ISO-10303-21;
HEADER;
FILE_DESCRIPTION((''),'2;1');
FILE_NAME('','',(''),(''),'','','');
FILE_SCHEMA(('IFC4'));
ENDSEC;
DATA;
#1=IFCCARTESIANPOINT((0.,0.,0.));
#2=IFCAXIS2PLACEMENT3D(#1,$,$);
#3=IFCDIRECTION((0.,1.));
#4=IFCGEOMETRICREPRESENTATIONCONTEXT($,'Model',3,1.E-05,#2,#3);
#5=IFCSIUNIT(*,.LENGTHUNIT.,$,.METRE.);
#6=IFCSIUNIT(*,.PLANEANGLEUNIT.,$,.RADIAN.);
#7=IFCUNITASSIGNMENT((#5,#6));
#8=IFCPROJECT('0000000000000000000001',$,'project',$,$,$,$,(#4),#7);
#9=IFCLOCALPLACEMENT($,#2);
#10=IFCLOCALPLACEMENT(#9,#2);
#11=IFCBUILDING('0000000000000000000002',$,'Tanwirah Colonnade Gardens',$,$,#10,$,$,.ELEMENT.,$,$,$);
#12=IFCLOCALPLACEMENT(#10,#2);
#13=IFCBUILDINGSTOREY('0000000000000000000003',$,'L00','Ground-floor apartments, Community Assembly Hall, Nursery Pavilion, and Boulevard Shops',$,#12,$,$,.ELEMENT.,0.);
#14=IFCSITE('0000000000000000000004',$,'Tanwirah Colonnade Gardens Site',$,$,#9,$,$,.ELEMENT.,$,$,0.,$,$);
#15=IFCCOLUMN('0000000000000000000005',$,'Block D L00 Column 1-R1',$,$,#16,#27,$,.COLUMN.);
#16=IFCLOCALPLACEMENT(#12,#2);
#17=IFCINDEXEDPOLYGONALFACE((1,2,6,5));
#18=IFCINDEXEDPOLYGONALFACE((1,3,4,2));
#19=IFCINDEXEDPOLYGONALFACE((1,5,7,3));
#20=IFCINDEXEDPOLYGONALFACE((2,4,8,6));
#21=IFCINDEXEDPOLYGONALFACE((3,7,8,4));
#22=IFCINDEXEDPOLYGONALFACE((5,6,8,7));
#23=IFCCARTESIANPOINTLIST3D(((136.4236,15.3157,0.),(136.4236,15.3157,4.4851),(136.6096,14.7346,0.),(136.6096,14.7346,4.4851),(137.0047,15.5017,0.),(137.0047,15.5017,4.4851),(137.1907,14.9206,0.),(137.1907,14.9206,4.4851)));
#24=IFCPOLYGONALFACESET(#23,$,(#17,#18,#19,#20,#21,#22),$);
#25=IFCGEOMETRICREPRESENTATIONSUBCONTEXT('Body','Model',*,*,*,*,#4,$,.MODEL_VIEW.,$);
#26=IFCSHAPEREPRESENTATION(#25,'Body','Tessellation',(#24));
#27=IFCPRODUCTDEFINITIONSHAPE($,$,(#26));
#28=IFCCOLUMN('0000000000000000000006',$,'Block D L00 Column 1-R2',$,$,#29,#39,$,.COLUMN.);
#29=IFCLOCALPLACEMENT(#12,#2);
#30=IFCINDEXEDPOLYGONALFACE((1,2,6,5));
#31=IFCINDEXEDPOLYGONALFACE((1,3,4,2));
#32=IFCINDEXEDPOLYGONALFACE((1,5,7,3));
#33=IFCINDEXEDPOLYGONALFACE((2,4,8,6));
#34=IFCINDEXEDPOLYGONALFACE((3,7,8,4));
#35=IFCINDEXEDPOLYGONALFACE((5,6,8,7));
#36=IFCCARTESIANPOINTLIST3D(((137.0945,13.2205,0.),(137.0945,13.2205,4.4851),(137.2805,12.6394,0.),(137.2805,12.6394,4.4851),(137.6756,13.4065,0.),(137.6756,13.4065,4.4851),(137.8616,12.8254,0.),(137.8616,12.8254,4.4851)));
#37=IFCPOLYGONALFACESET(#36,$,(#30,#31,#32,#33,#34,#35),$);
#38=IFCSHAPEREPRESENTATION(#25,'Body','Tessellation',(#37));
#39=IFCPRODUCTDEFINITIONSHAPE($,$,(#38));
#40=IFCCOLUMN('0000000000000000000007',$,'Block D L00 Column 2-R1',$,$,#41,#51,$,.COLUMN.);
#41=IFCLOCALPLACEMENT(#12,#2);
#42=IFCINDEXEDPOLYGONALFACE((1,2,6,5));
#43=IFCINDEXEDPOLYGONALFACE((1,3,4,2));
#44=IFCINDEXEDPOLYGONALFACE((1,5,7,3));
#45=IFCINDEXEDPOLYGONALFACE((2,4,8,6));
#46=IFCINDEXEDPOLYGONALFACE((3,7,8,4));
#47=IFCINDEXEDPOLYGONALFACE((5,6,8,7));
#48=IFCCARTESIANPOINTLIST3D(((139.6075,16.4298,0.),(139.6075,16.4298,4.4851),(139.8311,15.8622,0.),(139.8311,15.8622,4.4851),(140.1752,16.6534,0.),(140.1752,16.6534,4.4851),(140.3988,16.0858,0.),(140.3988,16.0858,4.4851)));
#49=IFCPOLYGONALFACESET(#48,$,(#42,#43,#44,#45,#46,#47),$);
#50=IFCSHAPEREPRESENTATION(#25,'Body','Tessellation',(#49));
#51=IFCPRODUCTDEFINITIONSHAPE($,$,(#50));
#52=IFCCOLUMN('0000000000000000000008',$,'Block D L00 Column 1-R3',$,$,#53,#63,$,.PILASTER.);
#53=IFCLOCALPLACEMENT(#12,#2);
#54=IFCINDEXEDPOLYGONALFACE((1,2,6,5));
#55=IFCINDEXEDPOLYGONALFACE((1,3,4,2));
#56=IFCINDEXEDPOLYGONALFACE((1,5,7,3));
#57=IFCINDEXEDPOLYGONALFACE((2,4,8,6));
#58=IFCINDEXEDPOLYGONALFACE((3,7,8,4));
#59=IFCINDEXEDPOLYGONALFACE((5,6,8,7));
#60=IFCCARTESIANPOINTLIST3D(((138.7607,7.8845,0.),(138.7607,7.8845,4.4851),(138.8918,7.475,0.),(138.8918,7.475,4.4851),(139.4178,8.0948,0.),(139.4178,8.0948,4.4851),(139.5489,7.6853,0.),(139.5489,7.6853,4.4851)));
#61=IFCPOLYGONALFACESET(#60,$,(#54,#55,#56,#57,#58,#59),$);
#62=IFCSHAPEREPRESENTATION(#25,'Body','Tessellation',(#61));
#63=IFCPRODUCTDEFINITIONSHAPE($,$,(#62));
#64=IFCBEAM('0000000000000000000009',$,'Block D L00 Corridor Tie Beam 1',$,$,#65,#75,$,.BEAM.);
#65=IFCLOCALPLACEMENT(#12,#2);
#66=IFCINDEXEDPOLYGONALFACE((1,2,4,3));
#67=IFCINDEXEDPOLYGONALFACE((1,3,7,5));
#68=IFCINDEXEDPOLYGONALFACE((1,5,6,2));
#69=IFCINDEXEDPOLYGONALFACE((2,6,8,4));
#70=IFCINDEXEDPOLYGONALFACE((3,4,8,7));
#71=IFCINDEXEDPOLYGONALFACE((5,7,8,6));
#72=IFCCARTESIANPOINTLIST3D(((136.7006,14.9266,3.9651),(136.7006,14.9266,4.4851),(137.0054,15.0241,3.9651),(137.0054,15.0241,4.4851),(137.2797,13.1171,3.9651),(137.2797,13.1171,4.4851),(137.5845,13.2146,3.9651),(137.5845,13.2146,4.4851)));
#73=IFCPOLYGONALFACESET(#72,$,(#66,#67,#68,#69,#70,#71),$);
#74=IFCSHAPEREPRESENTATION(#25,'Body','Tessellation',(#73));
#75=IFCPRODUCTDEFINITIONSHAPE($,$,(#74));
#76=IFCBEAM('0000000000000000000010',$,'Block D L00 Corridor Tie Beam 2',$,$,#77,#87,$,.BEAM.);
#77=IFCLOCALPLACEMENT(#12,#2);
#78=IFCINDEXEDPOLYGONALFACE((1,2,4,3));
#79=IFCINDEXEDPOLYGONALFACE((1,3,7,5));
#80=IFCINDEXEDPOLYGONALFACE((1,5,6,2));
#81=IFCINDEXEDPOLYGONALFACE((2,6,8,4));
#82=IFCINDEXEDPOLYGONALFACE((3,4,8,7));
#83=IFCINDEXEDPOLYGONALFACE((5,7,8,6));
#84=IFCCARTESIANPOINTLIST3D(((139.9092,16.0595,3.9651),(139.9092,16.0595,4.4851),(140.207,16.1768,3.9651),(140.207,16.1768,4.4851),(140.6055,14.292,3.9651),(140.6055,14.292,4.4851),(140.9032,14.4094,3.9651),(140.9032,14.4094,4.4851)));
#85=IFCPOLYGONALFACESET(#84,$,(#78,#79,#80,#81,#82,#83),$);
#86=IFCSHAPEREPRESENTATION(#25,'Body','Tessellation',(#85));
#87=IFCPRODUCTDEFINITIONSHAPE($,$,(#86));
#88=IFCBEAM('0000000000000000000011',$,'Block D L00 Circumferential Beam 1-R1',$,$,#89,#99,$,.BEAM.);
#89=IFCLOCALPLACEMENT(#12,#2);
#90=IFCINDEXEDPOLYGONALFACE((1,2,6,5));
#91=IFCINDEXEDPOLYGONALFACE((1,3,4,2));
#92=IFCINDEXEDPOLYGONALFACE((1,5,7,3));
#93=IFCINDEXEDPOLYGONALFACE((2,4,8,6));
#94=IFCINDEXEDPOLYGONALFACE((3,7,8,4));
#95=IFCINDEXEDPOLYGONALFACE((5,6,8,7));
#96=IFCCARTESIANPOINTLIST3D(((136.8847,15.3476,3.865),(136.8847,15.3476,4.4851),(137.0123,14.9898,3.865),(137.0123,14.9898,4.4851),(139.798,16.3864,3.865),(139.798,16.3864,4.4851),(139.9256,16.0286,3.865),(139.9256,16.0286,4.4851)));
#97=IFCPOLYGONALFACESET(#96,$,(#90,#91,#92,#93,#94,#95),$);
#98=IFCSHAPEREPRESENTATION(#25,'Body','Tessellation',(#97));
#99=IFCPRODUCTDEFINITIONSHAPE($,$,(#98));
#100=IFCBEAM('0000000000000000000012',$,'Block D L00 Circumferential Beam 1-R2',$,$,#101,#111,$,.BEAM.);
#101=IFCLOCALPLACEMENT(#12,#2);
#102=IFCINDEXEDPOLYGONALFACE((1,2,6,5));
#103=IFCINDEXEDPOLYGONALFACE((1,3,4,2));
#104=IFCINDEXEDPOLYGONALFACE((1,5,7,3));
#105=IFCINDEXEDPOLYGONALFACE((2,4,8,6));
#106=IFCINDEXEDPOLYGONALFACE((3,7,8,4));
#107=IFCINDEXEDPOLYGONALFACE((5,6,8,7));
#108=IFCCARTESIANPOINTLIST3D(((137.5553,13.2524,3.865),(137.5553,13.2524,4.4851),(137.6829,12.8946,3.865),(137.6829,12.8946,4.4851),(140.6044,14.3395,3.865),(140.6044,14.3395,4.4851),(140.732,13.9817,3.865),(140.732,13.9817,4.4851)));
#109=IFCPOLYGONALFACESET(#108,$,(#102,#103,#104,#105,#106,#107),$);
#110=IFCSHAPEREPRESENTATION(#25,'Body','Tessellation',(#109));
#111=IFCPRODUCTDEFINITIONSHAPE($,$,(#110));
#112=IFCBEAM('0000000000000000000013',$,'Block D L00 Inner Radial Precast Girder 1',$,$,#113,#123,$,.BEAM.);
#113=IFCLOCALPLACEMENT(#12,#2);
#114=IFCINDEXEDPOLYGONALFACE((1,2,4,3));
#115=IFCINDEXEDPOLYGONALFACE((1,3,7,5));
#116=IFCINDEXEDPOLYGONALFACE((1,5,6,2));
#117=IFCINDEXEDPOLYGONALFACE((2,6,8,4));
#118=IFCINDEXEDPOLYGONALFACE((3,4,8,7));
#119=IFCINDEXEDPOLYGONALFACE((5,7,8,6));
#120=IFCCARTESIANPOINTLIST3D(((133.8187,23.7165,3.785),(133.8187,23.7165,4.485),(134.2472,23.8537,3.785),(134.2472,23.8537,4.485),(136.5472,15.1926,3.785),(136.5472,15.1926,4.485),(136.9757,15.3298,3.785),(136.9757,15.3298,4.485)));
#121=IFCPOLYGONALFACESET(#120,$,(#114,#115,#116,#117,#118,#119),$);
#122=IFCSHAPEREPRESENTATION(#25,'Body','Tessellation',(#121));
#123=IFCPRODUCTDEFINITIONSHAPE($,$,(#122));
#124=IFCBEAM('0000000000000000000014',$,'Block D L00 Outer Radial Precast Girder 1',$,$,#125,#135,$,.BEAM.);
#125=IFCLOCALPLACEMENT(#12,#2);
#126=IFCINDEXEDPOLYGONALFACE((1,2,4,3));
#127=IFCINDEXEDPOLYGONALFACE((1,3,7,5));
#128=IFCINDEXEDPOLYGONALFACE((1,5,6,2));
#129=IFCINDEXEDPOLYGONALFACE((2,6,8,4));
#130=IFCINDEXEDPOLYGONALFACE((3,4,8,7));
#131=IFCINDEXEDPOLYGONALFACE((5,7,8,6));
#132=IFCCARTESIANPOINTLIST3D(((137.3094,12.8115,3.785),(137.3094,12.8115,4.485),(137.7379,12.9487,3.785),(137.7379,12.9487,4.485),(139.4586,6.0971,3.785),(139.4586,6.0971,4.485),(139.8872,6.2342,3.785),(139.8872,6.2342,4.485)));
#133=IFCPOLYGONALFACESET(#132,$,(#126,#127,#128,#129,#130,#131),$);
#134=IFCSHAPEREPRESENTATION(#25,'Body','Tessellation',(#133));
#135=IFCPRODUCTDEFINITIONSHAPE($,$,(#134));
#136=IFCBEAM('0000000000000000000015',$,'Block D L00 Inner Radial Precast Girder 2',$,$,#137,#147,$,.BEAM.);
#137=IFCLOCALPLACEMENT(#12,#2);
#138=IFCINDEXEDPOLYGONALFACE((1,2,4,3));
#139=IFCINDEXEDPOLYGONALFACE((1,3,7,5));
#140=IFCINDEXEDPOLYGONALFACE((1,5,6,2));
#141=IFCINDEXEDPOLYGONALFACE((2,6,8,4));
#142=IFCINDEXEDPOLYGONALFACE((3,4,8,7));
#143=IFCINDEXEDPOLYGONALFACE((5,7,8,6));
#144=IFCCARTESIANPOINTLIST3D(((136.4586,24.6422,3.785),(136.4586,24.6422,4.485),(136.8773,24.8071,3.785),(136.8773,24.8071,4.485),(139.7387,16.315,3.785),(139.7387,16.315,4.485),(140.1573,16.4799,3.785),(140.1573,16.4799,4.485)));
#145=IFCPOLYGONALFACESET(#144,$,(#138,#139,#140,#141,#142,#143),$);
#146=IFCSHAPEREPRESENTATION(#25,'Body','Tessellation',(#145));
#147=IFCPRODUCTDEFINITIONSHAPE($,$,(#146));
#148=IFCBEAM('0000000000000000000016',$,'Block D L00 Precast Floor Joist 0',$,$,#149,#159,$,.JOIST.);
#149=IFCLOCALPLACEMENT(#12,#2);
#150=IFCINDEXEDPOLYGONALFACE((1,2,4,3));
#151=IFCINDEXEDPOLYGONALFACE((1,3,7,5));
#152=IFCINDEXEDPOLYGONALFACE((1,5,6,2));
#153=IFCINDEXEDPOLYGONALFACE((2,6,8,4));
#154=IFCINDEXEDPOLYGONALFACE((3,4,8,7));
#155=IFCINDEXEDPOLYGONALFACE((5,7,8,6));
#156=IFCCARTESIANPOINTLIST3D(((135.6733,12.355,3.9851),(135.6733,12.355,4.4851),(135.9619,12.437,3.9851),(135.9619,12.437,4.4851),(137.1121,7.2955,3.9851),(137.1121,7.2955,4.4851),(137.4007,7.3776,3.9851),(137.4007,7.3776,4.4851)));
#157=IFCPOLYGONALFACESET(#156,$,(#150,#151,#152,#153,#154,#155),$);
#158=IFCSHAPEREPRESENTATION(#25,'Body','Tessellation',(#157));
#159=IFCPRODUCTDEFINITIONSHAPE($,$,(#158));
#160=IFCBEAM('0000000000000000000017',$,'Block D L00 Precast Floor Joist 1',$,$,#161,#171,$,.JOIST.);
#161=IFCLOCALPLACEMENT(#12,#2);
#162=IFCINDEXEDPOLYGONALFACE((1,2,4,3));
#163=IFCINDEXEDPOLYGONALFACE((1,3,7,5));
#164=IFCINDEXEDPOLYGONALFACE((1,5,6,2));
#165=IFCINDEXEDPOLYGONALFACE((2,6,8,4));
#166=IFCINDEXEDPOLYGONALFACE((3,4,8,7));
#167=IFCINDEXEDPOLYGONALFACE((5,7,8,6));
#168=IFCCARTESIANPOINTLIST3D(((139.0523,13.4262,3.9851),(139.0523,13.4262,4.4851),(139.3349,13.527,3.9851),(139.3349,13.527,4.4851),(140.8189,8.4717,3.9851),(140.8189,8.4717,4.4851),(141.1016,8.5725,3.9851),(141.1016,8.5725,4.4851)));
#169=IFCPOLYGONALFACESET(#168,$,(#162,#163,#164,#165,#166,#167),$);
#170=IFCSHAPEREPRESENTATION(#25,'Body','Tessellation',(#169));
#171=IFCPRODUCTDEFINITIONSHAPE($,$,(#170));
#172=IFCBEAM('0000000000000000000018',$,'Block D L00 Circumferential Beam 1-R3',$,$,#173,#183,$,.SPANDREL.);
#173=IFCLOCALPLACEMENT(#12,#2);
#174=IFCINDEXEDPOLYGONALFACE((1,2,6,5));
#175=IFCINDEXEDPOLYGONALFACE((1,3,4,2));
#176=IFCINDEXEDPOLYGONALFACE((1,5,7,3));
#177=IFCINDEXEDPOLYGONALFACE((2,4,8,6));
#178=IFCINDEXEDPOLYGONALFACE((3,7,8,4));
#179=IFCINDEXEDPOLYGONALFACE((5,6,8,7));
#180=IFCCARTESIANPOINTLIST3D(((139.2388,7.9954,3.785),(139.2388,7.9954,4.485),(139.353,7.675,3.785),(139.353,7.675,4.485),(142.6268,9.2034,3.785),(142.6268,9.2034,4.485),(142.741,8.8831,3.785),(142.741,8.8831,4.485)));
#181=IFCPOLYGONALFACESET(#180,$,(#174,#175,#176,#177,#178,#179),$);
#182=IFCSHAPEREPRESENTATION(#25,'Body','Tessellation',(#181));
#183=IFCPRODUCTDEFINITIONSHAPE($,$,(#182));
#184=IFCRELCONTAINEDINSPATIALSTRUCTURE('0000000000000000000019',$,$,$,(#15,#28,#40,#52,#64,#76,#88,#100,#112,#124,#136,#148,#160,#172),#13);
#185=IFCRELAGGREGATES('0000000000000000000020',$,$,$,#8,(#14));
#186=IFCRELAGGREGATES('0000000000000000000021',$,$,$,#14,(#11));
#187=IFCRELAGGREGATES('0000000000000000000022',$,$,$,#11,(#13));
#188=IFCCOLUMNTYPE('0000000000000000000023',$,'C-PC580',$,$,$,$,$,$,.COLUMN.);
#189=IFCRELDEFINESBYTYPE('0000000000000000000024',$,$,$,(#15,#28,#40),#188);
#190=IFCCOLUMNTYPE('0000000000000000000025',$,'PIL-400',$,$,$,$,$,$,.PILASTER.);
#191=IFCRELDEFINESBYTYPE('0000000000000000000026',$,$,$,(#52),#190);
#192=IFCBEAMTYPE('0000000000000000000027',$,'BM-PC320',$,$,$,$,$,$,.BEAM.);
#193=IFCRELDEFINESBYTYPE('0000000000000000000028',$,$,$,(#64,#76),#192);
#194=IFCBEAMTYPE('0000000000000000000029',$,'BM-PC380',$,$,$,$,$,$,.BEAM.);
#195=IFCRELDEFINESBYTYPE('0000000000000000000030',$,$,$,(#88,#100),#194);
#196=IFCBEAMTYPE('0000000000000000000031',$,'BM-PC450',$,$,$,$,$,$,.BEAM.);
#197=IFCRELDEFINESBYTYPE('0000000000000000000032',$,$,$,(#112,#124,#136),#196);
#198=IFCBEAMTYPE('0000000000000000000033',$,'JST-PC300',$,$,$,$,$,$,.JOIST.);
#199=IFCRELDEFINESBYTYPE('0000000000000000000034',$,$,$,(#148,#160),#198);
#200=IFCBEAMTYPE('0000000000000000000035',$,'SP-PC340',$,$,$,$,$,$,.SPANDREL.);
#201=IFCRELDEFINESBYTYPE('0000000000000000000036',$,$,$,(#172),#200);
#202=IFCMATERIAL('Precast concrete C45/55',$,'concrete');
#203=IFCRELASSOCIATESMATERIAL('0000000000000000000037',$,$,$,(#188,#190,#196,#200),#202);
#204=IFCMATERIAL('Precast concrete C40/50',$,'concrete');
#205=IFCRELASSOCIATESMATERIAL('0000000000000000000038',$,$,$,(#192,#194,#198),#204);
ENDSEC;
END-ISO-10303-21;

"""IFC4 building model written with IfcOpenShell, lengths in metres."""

from ifc_helpers import new_model, si_unit, direction, frame, origin, origin_2d, place, context, subcontext, project, spatial, rectangle, extrude, material, material_profile, profile_set, type_object, element, save


model = new_model("IFC4")

# Units and contexts
model_context = context("Model", 3, precision=1e-05, world=origin(), true_north=direction((0.0, 1.0)))
body_context = subcontext(model_context, "Body", "Model", "MODEL_VIEW")
ifc_project = project(units=[si_unit("LENGTHUNIT", "METRE"), si_unit("PLANEANGLEUNIT", "RADIAN")], contexts=[model_context])

# Site, building, storey
site_placement = place(None, origin())
site = spatial("IfcSite", under=ifc_project, at=site_placement, Name="Tanwirah Colonnade Gardens Site", CompositionType="ELEMENT", RefElevation=0.0)
building_placement = place(site_placement, origin())
building = spatial("IfcBuilding", under=site, at=building_placement, Name="Tanwirah Colonnade Gardens", CompositionType="ELEMENT")
storey_placement = place(building_placement, origin())
storey = spatial("IfcBuildingStorey", under=building, at=storey_placement, Name="L00", Description="Ground-floor apartments, Community Assembly Hall, Nursery Pavilion, and Boulevard Shops", CompositionType="ELEMENT", Elevation=0.0)

# Columns
ifc_material_1 = material(Name="Precast concrete C45/55", Category="concrete")
ifc_material_profile_1 = material_profile(ifc_material_1, rectangle(XDim=0.6101, YDim=0.6101, at=origin_2d()), Name="PC-COL 610x610")
ifc_profile_set_1 = profile_set([ifc_material_profile_1], Name="Precast concrete C45/55")
column_type_1 = type_object("IfcColumnType", Name="C-PC580", PredefinedType="COLUMN", material=ifc_profile_set_1)
for number, where, z_axis, x_axis, name in (
    (1, (136.8071, 15.1182, 0.0), (0.0, 0.0, 1.0), (0.304864, -0.952396, 0.0), "Block D L00 Column 1-R1"),
    (2, (137.478, 13.0229, 0.0), (0.0, 0.0, 1.0), (0.304864, -0.952396, 0.0), "Block D L00 Column 1-R2"),
    (3, (140.0032, 16.2578, 0.0), (0.0, 0.0, 1.0), (0.366501, -0.930418, 0.0), "Block D L00 Column 2-R1"),
):
    element("IfcColumn", number, at=place(storey_placement, frame(where, z_axis=z_axis, x_axis=x_axis)), inside=storey, type_object=column_type_1, Name=name, PredefinedType="COLUMN", context=body_context, shape_type="SweptSolid", body=[
        extrude(rectangle(XDim=0.6101, YDim=0.6101, at=origin_2d()), origin(), (0.0, 0.0, 1.0), 4.4851),
    ])
ifc_material_profile_2 = material_profile(ifc_material_1, rectangle(XDim=0.4299, YDim=0.6899, at=origin_2d()), Name="PC-PIL 430x690")
ifc_profile_set_2 = profile_set([ifc_material_profile_2], Name="Precast concrete C45/55")
column_type_2 = type_object("IfcColumnType", Name="PIL-400", PredefinedType="PILASTER", material=ifc_profile_set_2)
column_placement = place(storey_placement, frame((139.1548, 7.7849, 0.0), z_axis=(0.0, 0.0, 1.0), x_axis=(0.304864, -0.952396, 0.0)))
element("IfcColumn", 4, at=column_placement, inside=storey, type_object=column_type_2, Name="Block D L00 Column 1-R3", PredefinedType="PILASTER", context=body_context, shape_type="SweptSolid", body=[
    extrude(rectangle(XDim=0.4299, YDim=0.6899, at=origin_2d()), origin(), (0.0, 0.0, 1.0), 4.4851),
])

# Beams
ifc_material_2 = material(Name="Precast concrete C40/50", Category="concrete")
ifc_material_profile_3 = material_profile(ifc_material_2, rectangle(XDim=0.3201, YDim=0.52, at=origin_2d()), Name="PC-BM 320x520")
ifc_profile_set_3 = profile_set([ifc_material_profile_3], Name="Precast concrete C40/50")
beam_type_1 = type_object("IfcBeamType", Name="BM-PC320", PredefinedType="BEAM", material=ifc_profile_set_3)
beam_1_placement = place(storey_placement, frame((136.853, 14.9753, 4.2251), z_axis=(0.304794, -0.952418, 0.0), x_axis=(0.952418, 0.304794, 0.0)))
element("IfcBeam", 5, at=beam_1_placement, inside=storey, type_object=beam_type_1, Name="Block D L00 Corridor Tie Beam 1", PredefinedType="BEAM", context=body_context, shape_type="SweptSolid", body=[
    extrude(rectangle(XDim=0.3201, YDim=0.52, at=origin_2d()), origin(), (0.0, 0.0, 1.0), 1.8999),
])
beam_2_placement = place(storey_placement, frame((140.0581, 16.1182, 4.2251), z_axis=(0.366511, -0.930414, 0.0), x_axis=(0.930414, 0.366511, 0.0)))
element("IfcBeam", 6, at=beam_2_placement, inside=storey, type_object=beam_type_1, Name="Block D L00 Corridor Tie Beam 2", PredefinedType="BEAM", context=body_context, shape_type="SweptSolid", body=[
    extrude(rectangle(XDim=0.3201, YDim=0.52, at=origin_2d()), origin(), (0.0, 0.0, 1.0), 1.8997),
])
ifc_material_profile_4 = material_profile(ifc_material_2, rectangle(XDim=0.3799, YDim=0.6201, at=origin_2d()), Name="PC-BM 380x620")
ifc_profile_set_4 = profile_set([ifc_material_profile_4], Name="Precast concrete C40/50")
beam_type_2 = type_object("IfcBeamType", Name="BM-PC380", PredefinedType="BEAM", material=ifc_profile_set_4)
beam_3_placement = place(storey_placement, frame((136.9485, 15.1687, 4.175), z_axis=(0.941911, 0.335861, 0.0), x_axis=(-0.335861, 0.941911, 0.0)))
element("IfcBeam", 7, at=beam_3_placement, inside=storey, type_object=beam_type_2, Name="Block D L00 Circumferential Beam 1-R1", PredefinedType="BEAM", context=body_context, shape_type="SweptSolid", body=[
    extrude(rectangle(XDim=0.3799, YDim=0.6201, at=origin_2d()), origin(), (0.0, 0.0, 1.0), 3.093),
])
beam_4_placement = place(storey_placement, frame((137.6191, 13.0735, 4.175), z_axis=(0.941918, 0.335844, 0.0), x_axis=(-0.335844, 0.941918, 0.0)))
element("IfcBeam", 8, at=beam_4_placement, inside=storey, type_object=beam_type_2, Name="Block D L00 Circumferential Beam 1-R2", PredefinedType="BEAM", context=body_context, shape_type="SweptSolid", body=[
    extrude(rectangle(XDim=0.3799, YDim=0.6201, at=origin_2d()), origin(), (0.0, 0.0, 1.0), 3.2371),
])
ifc_material_profile_5 = material_profile(ifc_material_1, rectangle(XDim=0.45, YDim=0.7, at=origin_2d()), Name="PC-BM 450x700")
ifc_profile_set_5 = profile_set([ifc_material_profile_5], Name="Precast concrete C45/55")
beam_type_3 = type_object("IfcBeamType", Name="BM-PC450", PredefinedType="BEAM", material=ifc_profile_set_5)
beam_5_placement = place(storey_placement, frame((136.7615, 15.2612, 4.135), z_axis=(-0.304863, 0.952396, 0.0), x_axis=(-0.952396, -0.304863, 0.0)))
element("IfcBeam", 9, at=beam_5_placement, inside=storey, type_object=beam_type_3, Name="Block D L00 Inner Radial Precast Girder 1", PredefinedType="BEAM", context=body_context, shape_type="SweptSolid", body=[
    extrude(rectangle(XDim=0.45, YDim=0.7, at=origin_2d()), origin(), (0.0, 0.0, 1.0), 8.95),
])
beam_6_placement = place(storey_placement, frame((137.5237, 12.8801, 4.135), z_axis=(0.30485, -0.9524, 0.0), x_axis=(0.9524, 0.30485, 0.0)))
element("IfcBeam", 10, at=beam_6_placement, inside=storey, type_object=beam_type_3, Name="Block D L00 Outer Radial Precast Girder 1", PredefinedType="BEAM", context=body_context, shape_type="SweptSolid", body=[
    extrude(rectangle(XDim=0.45, YDim=0.7, at=origin_2d()), origin(), (0.0, 0.0, 1.0), 7.05),
])
beam_7_placement = place(storey_placement, frame((139.948, 16.3975, 4.135), z_axis=(-0.366489, 0.930422, 0.0), x_axis=(-0.930422, -0.366489, 0.0)))
element("IfcBeam", 11, at=beam_7_placement, inside=storey, type_object=beam_type_3, Name="Block D L00 Inner Radial Precast Girder 2", PredefinedType="BEAM", context=body_context, shape_type="SweptSolid", body=[
    extrude(rectangle(XDim=0.45, YDim=0.7, at=origin_2d()), origin(), (0.0, 0.0, 1.0), 8.95),
])
ifc_material_profile_6 = material_profile(ifc_material_2, rectangle(XDim=0.3, YDim=0.5, at=origin_2d()), Name="PC-JST 300x500")
ifc_profile_set_6 = profile_set([ifc_material_profile_6], Name="Precast concrete C40/50")
beam_type_4 = type_object("IfcBeamType", Name="JST-PC300", PredefinedType="JOIST", material=ifc_profile_set_6)
for number, where, z_axis, x_axis, name in (
    (12, (135.8176, 12.396, 4.2351), (0.273526, -0.961865, 0.0), (0.961865, 0.273526, 0.0), "Block D L00 Precast Floor Joist 0"),
    (13, (139.1936, 13.4766, 4.2351), (0.335863, -0.941911, 0.0), (0.941911, 0.335863, 0.0), "Block D L00 Precast Floor Joist 1"),
):
    element("IfcBeam", number, at=place(storey_placement, frame(where, z_axis=z_axis, x_axis=x_axis)), inside=storey, type_object=beam_type_4, Name=name, PredefinedType="JOIST", context=body_context, shape_type="SweptSolid", body=[
        extrude(rectangle(XDim=0.3, YDim=0.5, at=origin_2d()), origin(), (0.0, 0.0, 1.0), 5.26),
    ])
ifc_material_profile_7 = material_profile(ifc_material_1, rectangle(XDim=0.3401, YDim=0.7, at=origin_2d()), Name="PC-SP 340x700")
ifc_profile_set_7 = profile_set([ifc_material_profile_7], Name="Precast concrete C45/55")
beam_type_5 = type_object("IfcBeamType", Name="SP-PC340", PredefinedType="SPANDREL", material=ifc_profile_set_7)
beam_8_placement = place(storey_placement, frame((139.2959, 7.8352, 4.135), z_axis=(0.941915, 0.33585, 0.0), x_axis=(-0.33585, 0.941915, 0.0)))
element("IfcBeam", 14, at=beam_8_placement, inside=storey, type_object=beam_type_5, Name="Block D L00 Circumferential Beam 1-R3", PredefinedType="SPANDREL", context=body_context, shape_type="SweptSolid", body=[
    extrude(rectangle(XDim=0.3401, YDim=0.7, at=origin_2d()), origin(), (0.0, 0.0, 1.0), 3.5969),
])

save(model, "model.ifc")
